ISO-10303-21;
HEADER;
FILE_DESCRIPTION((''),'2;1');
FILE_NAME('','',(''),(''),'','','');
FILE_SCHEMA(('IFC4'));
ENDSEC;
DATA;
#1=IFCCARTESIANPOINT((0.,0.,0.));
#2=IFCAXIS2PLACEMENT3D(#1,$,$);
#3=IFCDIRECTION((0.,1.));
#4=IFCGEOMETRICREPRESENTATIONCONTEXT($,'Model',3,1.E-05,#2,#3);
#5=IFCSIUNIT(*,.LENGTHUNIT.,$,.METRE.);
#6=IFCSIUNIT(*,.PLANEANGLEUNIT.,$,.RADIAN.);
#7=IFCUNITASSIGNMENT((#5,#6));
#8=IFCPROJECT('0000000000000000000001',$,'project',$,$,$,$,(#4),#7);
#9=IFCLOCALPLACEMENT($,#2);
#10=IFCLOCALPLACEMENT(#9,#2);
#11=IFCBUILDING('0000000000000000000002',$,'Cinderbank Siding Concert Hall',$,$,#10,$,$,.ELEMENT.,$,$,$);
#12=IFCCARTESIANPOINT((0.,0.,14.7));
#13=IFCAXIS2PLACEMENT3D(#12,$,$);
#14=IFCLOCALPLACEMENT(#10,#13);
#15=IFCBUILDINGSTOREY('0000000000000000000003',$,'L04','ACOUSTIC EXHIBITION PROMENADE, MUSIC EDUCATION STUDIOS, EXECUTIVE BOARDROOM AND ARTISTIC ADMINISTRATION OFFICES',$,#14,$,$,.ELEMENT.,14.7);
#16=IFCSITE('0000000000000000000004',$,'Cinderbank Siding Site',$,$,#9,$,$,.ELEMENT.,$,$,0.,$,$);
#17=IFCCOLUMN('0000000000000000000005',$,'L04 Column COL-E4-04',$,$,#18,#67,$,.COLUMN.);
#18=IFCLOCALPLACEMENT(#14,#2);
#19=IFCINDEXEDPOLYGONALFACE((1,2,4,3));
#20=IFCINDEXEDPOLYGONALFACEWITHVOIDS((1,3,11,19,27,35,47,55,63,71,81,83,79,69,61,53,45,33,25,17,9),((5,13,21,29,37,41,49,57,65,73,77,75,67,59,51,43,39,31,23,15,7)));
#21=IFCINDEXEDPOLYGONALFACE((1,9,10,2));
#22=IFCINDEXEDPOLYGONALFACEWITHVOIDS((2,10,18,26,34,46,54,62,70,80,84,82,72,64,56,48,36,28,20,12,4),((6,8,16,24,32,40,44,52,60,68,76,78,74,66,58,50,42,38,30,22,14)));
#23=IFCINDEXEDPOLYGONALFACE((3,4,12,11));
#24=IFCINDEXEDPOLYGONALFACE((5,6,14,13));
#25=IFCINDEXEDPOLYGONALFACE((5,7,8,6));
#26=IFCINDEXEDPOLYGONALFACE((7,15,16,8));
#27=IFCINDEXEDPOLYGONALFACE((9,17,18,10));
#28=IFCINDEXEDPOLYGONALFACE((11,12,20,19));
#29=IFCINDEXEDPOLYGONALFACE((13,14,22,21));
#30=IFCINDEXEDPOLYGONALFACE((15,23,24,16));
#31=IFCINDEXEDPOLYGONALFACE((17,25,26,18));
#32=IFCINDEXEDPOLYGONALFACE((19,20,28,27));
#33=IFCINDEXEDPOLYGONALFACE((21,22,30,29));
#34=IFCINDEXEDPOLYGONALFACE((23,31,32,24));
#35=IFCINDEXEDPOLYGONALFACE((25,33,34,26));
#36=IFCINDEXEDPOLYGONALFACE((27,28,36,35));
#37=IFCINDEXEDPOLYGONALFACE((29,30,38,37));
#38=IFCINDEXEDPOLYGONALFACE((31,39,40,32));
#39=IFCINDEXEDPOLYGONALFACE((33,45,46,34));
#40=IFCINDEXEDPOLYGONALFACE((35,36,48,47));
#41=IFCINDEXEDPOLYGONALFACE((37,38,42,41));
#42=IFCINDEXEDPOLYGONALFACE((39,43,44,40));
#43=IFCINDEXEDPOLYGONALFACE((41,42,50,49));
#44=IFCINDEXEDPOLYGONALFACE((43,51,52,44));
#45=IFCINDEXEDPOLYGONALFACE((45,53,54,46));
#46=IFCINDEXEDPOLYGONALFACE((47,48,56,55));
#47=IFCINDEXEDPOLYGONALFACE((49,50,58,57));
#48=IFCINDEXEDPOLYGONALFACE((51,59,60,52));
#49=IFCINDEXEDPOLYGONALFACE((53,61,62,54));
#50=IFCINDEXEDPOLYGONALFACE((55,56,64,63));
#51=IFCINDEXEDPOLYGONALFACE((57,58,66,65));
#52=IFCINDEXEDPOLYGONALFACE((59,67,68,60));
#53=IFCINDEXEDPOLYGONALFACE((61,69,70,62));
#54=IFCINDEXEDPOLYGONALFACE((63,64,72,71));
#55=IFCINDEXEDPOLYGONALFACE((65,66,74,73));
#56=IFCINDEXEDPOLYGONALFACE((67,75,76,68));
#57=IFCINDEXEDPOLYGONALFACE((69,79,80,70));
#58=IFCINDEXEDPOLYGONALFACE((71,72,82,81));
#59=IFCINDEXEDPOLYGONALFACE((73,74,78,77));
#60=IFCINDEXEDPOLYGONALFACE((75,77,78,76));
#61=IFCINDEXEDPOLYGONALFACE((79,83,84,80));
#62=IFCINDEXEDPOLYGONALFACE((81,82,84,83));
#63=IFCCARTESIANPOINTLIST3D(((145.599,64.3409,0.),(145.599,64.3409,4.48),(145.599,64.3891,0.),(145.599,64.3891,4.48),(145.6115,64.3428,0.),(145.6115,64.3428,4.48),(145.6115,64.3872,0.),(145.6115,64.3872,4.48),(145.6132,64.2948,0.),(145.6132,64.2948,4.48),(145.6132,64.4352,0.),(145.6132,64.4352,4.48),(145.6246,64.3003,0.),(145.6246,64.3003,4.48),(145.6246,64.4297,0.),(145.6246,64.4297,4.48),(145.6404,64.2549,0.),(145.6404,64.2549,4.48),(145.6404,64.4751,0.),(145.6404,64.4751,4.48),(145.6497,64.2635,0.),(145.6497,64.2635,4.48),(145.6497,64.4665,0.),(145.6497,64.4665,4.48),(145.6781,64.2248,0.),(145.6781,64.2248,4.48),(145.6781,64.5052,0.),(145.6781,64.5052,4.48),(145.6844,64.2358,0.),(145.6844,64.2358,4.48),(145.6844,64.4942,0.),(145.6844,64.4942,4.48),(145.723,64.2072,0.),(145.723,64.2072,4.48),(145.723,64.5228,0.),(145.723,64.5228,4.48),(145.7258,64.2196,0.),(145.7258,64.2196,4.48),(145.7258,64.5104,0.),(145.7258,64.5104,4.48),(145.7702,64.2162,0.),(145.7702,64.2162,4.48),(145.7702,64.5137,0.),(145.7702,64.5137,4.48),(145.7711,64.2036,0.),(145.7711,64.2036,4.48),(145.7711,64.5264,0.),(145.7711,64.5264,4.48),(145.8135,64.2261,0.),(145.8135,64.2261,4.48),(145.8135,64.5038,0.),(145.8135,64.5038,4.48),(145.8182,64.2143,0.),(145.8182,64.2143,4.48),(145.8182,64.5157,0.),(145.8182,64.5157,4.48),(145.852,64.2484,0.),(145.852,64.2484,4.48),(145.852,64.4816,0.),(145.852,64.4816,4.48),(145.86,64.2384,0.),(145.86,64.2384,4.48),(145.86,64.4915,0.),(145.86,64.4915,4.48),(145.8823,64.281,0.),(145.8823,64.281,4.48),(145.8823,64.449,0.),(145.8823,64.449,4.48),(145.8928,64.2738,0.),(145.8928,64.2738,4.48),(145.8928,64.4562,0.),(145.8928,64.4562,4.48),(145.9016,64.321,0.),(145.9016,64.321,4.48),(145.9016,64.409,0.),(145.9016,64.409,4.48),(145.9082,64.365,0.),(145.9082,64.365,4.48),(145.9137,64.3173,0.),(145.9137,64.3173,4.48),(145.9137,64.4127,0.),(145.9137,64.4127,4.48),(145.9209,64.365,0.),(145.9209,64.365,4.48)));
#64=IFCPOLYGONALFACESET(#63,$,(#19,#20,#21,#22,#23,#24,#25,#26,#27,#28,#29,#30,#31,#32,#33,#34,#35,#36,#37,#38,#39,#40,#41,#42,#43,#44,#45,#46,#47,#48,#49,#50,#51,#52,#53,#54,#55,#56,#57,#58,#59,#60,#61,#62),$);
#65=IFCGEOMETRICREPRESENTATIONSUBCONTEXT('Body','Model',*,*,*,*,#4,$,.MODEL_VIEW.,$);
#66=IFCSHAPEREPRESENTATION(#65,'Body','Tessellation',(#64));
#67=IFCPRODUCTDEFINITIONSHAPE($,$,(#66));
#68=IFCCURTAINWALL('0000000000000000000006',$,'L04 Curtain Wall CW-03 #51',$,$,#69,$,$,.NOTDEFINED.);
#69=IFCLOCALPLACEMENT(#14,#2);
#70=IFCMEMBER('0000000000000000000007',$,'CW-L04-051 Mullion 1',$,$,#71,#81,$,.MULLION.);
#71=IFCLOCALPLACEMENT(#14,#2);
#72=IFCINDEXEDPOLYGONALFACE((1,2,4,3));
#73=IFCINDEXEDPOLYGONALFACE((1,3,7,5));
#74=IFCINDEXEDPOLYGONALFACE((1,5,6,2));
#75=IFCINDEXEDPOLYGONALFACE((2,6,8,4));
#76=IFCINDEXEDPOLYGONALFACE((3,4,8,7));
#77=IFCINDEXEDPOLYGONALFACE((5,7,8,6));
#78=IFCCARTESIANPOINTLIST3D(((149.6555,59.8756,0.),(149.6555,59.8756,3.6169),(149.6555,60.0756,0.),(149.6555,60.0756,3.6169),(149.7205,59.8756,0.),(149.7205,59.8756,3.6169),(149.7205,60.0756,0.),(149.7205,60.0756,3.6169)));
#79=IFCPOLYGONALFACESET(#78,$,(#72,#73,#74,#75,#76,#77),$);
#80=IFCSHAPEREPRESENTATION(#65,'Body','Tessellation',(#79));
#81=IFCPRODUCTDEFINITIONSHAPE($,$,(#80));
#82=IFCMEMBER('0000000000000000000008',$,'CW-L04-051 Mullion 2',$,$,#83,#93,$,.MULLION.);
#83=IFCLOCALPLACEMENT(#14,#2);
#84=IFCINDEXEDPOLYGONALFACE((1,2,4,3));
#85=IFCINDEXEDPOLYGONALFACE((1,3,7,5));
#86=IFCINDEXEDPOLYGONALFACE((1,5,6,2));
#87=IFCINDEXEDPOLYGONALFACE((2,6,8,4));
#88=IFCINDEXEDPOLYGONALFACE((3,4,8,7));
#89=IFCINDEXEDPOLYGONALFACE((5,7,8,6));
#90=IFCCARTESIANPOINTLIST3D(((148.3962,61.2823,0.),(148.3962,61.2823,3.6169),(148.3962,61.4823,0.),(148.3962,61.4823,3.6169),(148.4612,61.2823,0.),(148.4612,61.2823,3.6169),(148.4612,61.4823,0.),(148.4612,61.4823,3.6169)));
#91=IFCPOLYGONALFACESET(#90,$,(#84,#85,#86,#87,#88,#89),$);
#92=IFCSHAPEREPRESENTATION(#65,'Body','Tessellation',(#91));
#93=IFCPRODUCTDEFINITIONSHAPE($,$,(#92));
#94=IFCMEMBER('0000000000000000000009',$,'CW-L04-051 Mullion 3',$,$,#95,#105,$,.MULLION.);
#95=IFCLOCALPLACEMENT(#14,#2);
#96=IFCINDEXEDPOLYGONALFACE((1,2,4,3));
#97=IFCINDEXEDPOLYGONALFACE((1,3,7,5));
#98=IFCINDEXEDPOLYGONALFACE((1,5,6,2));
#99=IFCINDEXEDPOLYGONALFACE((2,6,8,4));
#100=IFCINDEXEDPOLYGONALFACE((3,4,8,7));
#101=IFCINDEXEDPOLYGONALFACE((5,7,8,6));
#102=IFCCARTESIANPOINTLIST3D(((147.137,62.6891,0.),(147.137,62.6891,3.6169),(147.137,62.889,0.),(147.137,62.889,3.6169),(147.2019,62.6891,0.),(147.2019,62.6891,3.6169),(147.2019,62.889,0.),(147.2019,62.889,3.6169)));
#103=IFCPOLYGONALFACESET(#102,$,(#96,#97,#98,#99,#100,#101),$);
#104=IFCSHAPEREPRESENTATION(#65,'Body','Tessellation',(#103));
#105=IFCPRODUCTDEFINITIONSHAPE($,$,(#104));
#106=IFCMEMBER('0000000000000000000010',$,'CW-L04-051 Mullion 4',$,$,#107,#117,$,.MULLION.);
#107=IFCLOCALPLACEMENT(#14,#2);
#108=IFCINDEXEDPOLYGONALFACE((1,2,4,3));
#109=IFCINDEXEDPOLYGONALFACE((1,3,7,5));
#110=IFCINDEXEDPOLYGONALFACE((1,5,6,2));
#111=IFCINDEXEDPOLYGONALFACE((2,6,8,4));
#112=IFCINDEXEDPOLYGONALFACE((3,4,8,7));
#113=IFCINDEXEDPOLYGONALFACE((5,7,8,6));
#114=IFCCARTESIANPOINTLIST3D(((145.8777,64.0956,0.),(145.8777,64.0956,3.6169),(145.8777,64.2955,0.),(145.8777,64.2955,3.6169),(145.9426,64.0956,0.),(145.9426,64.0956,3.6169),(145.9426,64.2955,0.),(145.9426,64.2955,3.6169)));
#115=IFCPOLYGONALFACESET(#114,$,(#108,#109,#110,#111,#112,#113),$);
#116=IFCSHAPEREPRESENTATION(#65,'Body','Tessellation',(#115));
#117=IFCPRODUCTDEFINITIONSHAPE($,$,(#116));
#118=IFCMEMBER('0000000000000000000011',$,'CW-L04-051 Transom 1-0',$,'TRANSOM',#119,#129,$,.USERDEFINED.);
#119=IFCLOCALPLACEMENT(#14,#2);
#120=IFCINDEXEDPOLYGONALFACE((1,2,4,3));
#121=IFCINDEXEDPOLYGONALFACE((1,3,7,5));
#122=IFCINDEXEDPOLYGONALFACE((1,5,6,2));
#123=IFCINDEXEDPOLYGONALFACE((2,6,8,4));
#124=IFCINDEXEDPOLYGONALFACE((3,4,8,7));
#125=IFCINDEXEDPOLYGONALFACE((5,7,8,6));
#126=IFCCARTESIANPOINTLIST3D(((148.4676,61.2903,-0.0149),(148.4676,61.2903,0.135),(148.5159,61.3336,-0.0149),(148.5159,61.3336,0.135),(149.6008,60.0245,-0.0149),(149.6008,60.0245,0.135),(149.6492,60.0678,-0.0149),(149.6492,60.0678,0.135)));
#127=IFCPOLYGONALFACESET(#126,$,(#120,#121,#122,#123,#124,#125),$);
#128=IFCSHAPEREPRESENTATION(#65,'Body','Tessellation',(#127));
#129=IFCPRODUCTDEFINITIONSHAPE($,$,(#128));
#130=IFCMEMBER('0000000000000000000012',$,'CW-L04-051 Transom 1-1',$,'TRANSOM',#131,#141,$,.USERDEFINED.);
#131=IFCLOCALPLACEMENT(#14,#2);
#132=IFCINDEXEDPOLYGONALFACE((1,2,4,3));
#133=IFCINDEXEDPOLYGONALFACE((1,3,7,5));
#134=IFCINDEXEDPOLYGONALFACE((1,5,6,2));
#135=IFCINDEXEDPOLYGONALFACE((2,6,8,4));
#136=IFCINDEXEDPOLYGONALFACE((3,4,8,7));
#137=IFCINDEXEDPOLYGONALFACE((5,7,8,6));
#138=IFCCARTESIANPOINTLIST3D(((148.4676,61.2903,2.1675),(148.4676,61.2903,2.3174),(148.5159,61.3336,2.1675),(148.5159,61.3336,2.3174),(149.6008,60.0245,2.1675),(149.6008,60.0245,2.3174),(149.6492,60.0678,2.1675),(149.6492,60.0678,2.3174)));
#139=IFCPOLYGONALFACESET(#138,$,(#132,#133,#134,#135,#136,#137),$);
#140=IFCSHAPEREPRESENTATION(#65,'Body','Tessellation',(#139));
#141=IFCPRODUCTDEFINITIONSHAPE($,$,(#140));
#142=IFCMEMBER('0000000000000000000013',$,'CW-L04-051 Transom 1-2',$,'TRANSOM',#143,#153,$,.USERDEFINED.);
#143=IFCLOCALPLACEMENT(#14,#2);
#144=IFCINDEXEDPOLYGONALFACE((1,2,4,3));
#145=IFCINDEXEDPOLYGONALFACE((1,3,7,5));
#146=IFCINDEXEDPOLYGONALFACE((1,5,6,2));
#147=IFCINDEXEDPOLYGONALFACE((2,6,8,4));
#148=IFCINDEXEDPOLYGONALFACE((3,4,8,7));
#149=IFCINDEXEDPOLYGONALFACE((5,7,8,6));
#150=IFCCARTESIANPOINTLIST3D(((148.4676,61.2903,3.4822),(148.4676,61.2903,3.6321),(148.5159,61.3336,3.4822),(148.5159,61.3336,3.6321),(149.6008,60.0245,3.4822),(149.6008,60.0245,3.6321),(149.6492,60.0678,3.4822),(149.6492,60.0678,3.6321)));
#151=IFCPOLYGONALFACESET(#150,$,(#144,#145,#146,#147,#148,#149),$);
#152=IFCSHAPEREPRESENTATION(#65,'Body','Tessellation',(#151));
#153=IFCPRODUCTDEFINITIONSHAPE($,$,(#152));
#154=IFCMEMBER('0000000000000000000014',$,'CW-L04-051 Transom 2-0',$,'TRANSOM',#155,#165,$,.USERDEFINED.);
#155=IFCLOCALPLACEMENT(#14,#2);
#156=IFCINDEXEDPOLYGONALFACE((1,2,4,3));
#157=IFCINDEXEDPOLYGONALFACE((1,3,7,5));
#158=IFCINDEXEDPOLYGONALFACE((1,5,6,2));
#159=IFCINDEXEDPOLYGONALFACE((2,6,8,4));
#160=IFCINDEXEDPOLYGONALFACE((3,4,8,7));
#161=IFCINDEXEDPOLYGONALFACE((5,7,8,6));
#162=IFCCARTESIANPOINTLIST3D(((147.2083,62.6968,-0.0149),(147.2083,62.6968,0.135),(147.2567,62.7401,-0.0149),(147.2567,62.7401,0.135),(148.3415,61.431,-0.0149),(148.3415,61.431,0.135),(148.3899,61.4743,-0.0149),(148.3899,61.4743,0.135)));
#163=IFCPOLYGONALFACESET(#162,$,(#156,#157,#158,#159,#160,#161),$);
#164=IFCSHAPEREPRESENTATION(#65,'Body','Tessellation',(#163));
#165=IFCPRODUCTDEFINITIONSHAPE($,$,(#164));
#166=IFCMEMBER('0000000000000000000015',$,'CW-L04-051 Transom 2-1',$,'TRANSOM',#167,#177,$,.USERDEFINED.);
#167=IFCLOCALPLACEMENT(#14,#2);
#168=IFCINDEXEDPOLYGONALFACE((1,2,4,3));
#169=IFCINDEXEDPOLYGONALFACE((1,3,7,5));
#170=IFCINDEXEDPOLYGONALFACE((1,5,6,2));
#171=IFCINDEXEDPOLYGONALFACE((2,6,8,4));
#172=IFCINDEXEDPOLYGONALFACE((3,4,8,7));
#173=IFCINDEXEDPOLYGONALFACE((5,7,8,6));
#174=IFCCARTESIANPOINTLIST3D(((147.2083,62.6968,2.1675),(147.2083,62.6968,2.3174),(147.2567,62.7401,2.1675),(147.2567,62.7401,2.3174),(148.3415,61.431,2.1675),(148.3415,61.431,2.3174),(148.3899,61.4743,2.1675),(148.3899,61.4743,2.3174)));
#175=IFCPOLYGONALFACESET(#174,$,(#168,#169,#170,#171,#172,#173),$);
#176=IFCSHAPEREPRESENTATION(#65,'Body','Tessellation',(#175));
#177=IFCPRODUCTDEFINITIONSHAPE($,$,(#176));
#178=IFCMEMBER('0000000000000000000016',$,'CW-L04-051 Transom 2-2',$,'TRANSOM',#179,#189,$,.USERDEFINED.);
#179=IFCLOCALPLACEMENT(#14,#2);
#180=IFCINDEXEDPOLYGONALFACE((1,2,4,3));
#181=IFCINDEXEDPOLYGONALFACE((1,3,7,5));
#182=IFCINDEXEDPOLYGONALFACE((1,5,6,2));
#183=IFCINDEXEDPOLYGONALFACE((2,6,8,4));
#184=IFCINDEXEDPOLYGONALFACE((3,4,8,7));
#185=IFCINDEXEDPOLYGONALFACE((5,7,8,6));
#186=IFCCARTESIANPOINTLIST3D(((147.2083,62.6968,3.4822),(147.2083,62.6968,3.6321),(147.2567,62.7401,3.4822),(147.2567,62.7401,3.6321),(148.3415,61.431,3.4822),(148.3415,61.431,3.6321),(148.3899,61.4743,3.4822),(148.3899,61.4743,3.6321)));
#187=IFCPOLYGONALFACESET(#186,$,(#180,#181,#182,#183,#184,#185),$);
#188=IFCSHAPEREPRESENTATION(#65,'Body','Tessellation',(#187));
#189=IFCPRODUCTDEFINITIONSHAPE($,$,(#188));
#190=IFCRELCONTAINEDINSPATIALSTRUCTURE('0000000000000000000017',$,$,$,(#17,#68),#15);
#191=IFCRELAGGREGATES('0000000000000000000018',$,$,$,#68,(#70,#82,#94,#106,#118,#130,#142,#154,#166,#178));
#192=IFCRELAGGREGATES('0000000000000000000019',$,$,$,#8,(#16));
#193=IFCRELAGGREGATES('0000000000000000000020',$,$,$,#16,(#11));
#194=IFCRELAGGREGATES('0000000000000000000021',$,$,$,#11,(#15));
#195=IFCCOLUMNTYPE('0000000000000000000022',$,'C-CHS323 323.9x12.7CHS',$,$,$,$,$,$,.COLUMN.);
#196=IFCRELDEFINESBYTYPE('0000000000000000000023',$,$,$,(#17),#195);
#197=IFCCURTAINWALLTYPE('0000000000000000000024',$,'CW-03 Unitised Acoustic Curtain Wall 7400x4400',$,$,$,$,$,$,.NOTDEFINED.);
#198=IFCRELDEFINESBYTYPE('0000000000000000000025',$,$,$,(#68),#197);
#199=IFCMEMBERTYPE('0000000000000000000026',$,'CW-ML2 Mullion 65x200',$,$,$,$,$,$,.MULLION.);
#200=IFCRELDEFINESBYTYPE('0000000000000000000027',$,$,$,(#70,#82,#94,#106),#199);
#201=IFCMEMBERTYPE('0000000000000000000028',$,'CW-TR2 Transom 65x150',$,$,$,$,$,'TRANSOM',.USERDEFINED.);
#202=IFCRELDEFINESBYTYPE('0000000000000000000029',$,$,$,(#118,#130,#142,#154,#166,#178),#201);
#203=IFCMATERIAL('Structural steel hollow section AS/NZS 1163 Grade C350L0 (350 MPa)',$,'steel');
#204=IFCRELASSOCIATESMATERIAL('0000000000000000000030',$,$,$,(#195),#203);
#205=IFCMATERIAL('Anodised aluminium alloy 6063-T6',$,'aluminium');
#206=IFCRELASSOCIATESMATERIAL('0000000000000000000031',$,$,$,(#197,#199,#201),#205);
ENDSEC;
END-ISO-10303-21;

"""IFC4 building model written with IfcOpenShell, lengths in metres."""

from ifc_helpers import new_model, si_unit, direction, frame, origin, origin_2d, place, context, subcontext, project, spatial, rectangle, hollow_circle, extrude, material, material_profile, profile_set, type_object, element, aggregate, save


model = new_model("IFC4")

# Units and contexts
model_context = context("Model", 3, precision=1e-05, world=origin(), true_north=direction((0.0, 1.0)))
body_context = subcontext(model_context, "Body", "Model", "MODEL_VIEW")
ifc_project = project(units=[si_unit("LENGTHUNIT", "METRE"), si_unit("PLANEANGLEUNIT", "RADIAN")], contexts=[model_context])

# Site, building, storey
site_placement = place(None, origin())
site = spatial("IfcSite", under=ifc_project, at=site_placement, Name="Cinderbank Siding Site", CompositionType="ELEMENT", RefElevation=0.0)
building_placement = place(site_placement, origin())
building = spatial("IfcBuilding", under=site, at=building_placement, Name="Cinderbank Siding Concert Hall", CompositionType="ELEMENT")
storey_placement = place(building_placement, frame((0.0, 0.0, 14.7)))
storey = spatial("IfcBuildingStorey", under=building, at=storey_placement, Name="L04", Description="ACOUSTIC EXHIBITION PROMENADE, MUSIC EDUCATION STUDIOS, EXECUTIVE BOARDROOM AND ARTISTIC ADMINISTRATION OFFICES", CompositionType="ELEMENT", Elevation=14.7)

# Column
ifc_material_1 = material(Name="Structural steel hollow section AS/NZS 1163 Grade C350L0 (350 MPa)", Category="steel")
ifc_material_profile_1 = material_profile(ifc_material_1, hollow_circle(Radius=0.1619, WallThickness=0.0127, at=origin_2d()), Name="323.9x12.7CHS", Category="LoadBearing")
ifc_profile_set_1 = profile_set([ifc_material_profile_1], Name="Structural steel hollow section AS/NZS 1163 Grade C350L0 (350 MPa)")
column_type = type_object("IfcColumnType", Name="C-CHS323 323.9x12.7CHS", PredefinedType="COLUMN", material=ifc_profile_set_1)
column_placement = place(storey_placement, frame((145.759, 64.365, 0.0), z_axis=(0.0, 0.0, 1.0), x_axis=(1.0, 0.0, 0.0)))
element("IfcColumn", 1, at=column_placement, inside=storey, type_object=column_type, Name="L04 Column COL-E4-04", PredefinedType="COLUMN", context=body_context, shape_type="SweptSolid", body=[
    extrude(hollow_circle(Radius=0.1619, WallThickness=0.0127, at=origin_2d()), origin(), (0.0, 0.0, 1.0), 4.48),
])

# Curtain wall, members
ifc_material_2 = material(Name="Anodised aluminium alloy 6063-T6", Category="aluminium")
curtain_wall_type = type_object("IfcCurtainWallType", Name="CW-03 Unitised Acoustic Curtain Wall 7400x4400", PredefinedType="NOTDEFINED", material=ifc_material_2)
curtain_wall_placement = place(storey_placement, origin())
curtain_wall = element("IfcCurtainWall", 2, at=curtain_wall_placement, inside=storey, type_object=curtain_wall_type, Name="L04 Curtain Wall CW-03 #51", PredefinedType="NOTDEFINED")
ifc_material_profile_2 = material_profile(ifc_material_2, rectangle(XDim=0.0649, YDim=0.2, at=origin_2d()), Name="ALU-MULL-65x200", Category="LoadBearing")
ifc_profile_set_2 = profile_set([ifc_material_profile_2], Name="Anodised aluminium alloy 6063-T6")
member_type_1 = type_object("IfcMemberType", Name="CW-ML2 Mullion 65x200", PredefinedType="MULLION", material=ifc_profile_set_2)
member_1_placement = place(storey_placement, frame((149.688, 59.9756, 0.0), z_axis=(0.0, 0.0, 1.0), x_axis=(1.0, 0.0, 0.0)))
member_1 = element("IfcMember", 3, at=member_1_placement, type_object=member_type_1, Name="CW-L04-051 Mullion 1", PredefinedType="MULLION", context=body_context, shape_type="SweptSolid", body=[
    extrude(rectangle(XDim=0.0649, YDim=0.2, at=origin_2d()), origin(), (0.0, 0.0, 1.0), 3.6169),
])
member_2_placement = place(storey_placement, frame((148.4287, 61.3823, 0.0), z_axis=(0.0, 0.0, 1.0), x_axis=(1.0, 0.0, 0.0)))
member_2 = element("IfcMember", 4, at=member_2_placement, type_object=member_type_1, Name="CW-L04-051 Mullion 2", PredefinedType="MULLION", context=body_context, shape_type="SweptSolid", body=[
    extrude(rectangle(XDim=0.0649, YDim=0.2, at=origin_2d()), origin(), (0.0, 0.0, 1.0), 3.6169),
])
member_3_placement = place(storey_placement, frame((147.1694, 62.7891, 0.0), z_axis=(0.0, 0.0, 1.0), x_axis=(1.0, 0.0, 0.0)))
member_3 = element("IfcMember", 5, at=member_3_placement, type_object=member_type_1, Name="CW-L04-051 Mullion 3", PredefinedType="MULLION", context=body_context, shape_type="SweptSolid", body=[
    extrude(rectangle(XDim=0.0649, YDim=0.2, at=origin_2d()), origin(), (0.0, 0.0, 1.0), 3.6169),
])
member_4_placement = place(storey_placement, frame((145.9102, 64.1956, 0.0), z_axis=(0.0, 0.0, 1.0), x_axis=(1.0, 0.0, 0.0)))
member_4 = element("IfcMember", 6, at=member_4_placement, type_object=member_type_1, Name="CW-L04-051 Mullion 4", PredefinedType="MULLION", context=body_context, shape_type="SweptSolid", body=[
    extrude(rectangle(XDim=0.0649, YDim=0.2, at=origin_2d()), origin(), (0.0, 0.0, 1.0), 3.6169),
])
ifc_material_profile_3 = material_profile(ifc_material_2, rectangle(XDim=0.0649, YDim=0.1499, at=origin_2d()), Name="ALU-TRAN-65x150", Category="LoadBearing")
ifc_profile_set_3 = profile_set([ifc_material_profile_3], Name="Anodised aluminium alloy 6063-T6")
member_type_2 = type_object("IfcMemberType", Name="CW-TR2 Transom 65x150", ElementType="TRANSOM", PredefinedType="USERDEFINED", material=ifc_profile_set_3)
member_5_placement = place(storey_placement, frame((149.625, 60.0461, 0.0601), z_axis=(-0.667017, 0.745042, 0.0), x_axis=(-0.745042, -0.667017, 0.0)))
member_5 = element("IfcMember", 7, at=member_5_placement, type_object=member_type_2, Name="CW-L04-051 Transom 1-0", ObjectType="TRANSOM", PredefinedType="USERDEFINED", context=body_context, shape_type="SweptSolid", body=[
    extrude(rectangle(XDim=0.0649, YDim=0.1499, at=origin_2d()), origin(), (0.0, 0.0, 1.0), 1.699),
])
member_6_placement = place(storey_placement, frame((149.625, 60.0461, 2.2424), z_axis=(-0.667017, 0.745042, 0.0), x_axis=(-0.745042, -0.667017, 0.0)))
member_6 = element("IfcMember", 8, at=member_6_placement, type_object=member_type_2, Name="CW-L04-051 Transom 1-1", ObjectType="TRANSOM", PredefinedType="USERDEFINED", context=body_context, shape_type="SweptSolid", body=[
    extrude(rectangle(XDim=0.0649, YDim=0.1499, at=origin_2d()), origin(), (0.0, 0.0, 1.0), 1.699),
])
member_7_placement = place(storey_placement, frame((149.625, 60.0461, 3.5571), z_axis=(-0.667017, 0.745042, 0.0), x_axis=(-0.745042, -0.667017, 0.0)))
member_7 = element("IfcMember", 9, at=member_7_placement, type_object=member_type_2, Name="CW-L04-051 Transom 1-2", ObjectType="TRANSOM", PredefinedType="USERDEFINED", context=body_context, shape_type="SweptSolid", body=[
    extrude(rectangle(XDim=0.0649, YDim=0.1499, at=origin_2d()), origin(), (0.0, 0.0, 1.0), 1.699),
])
member_8_placement = place(storey_placement, frame((148.3657, 61.4526, 0.0601), z_axis=(-0.667017, 0.745042, 0.0), x_axis=(-0.745042, -0.667017, 0.0)))
member_8 = element("IfcMember", 10, at=member_8_placement, type_object=member_type_2, Name="CW-L04-051 Transom 2-0", ObjectType="TRANSOM", PredefinedType="USERDEFINED", context=body_context, shape_type="SweptSolid", body=[
    extrude(rectangle(XDim=0.0649, YDim=0.1499, at=origin_2d()), origin(), (0.0, 0.0, 1.0), 1.699),
])
member_9_placement = place(storey_placement, frame((148.3657, 61.4526, 2.2424), z_axis=(-0.667017, 0.745042, 0.0), x_axis=(-0.745042, -0.667017, 0.0)))
member_9 = element("IfcMember", 11, at=member_9_placement, type_object=member_type_2, Name="CW-L04-051 Transom 2-1", ObjectType="TRANSOM", PredefinedType="USERDEFINED", context=body_context, shape_type="SweptSolid", body=[
    extrude(rectangle(XDim=0.0649, YDim=0.1499, at=origin_2d()), origin(), (0.0, 0.0, 1.0), 1.699),
])
member_10_placement = place(storey_placement, frame((148.3657, 61.4526, 3.5571), z_axis=(-0.667017, 0.745042, 0.0), x_axis=(-0.745042, -0.667017, 0.0)))
member_10 = element("IfcMember", 12, at=member_10_placement, type_object=member_type_2, Name="CW-L04-051 Transom 2-2", ObjectType="TRANSOM", PredefinedType="USERDEFINED", context=body_context, shape_type="SweptSolid", body=[
    extrude(rectangle(XDim=0.0649, YDim=0.1499, at=origin_2d()), origin(), (0.0, 0.0, 1.0), 1.699),
])

aggregate(curtain_wall, [member_1, member_2, member_3, member_4, member_5, member_6, member_7, member_8, member_9, member_10])

save(model, "model.ifc")
